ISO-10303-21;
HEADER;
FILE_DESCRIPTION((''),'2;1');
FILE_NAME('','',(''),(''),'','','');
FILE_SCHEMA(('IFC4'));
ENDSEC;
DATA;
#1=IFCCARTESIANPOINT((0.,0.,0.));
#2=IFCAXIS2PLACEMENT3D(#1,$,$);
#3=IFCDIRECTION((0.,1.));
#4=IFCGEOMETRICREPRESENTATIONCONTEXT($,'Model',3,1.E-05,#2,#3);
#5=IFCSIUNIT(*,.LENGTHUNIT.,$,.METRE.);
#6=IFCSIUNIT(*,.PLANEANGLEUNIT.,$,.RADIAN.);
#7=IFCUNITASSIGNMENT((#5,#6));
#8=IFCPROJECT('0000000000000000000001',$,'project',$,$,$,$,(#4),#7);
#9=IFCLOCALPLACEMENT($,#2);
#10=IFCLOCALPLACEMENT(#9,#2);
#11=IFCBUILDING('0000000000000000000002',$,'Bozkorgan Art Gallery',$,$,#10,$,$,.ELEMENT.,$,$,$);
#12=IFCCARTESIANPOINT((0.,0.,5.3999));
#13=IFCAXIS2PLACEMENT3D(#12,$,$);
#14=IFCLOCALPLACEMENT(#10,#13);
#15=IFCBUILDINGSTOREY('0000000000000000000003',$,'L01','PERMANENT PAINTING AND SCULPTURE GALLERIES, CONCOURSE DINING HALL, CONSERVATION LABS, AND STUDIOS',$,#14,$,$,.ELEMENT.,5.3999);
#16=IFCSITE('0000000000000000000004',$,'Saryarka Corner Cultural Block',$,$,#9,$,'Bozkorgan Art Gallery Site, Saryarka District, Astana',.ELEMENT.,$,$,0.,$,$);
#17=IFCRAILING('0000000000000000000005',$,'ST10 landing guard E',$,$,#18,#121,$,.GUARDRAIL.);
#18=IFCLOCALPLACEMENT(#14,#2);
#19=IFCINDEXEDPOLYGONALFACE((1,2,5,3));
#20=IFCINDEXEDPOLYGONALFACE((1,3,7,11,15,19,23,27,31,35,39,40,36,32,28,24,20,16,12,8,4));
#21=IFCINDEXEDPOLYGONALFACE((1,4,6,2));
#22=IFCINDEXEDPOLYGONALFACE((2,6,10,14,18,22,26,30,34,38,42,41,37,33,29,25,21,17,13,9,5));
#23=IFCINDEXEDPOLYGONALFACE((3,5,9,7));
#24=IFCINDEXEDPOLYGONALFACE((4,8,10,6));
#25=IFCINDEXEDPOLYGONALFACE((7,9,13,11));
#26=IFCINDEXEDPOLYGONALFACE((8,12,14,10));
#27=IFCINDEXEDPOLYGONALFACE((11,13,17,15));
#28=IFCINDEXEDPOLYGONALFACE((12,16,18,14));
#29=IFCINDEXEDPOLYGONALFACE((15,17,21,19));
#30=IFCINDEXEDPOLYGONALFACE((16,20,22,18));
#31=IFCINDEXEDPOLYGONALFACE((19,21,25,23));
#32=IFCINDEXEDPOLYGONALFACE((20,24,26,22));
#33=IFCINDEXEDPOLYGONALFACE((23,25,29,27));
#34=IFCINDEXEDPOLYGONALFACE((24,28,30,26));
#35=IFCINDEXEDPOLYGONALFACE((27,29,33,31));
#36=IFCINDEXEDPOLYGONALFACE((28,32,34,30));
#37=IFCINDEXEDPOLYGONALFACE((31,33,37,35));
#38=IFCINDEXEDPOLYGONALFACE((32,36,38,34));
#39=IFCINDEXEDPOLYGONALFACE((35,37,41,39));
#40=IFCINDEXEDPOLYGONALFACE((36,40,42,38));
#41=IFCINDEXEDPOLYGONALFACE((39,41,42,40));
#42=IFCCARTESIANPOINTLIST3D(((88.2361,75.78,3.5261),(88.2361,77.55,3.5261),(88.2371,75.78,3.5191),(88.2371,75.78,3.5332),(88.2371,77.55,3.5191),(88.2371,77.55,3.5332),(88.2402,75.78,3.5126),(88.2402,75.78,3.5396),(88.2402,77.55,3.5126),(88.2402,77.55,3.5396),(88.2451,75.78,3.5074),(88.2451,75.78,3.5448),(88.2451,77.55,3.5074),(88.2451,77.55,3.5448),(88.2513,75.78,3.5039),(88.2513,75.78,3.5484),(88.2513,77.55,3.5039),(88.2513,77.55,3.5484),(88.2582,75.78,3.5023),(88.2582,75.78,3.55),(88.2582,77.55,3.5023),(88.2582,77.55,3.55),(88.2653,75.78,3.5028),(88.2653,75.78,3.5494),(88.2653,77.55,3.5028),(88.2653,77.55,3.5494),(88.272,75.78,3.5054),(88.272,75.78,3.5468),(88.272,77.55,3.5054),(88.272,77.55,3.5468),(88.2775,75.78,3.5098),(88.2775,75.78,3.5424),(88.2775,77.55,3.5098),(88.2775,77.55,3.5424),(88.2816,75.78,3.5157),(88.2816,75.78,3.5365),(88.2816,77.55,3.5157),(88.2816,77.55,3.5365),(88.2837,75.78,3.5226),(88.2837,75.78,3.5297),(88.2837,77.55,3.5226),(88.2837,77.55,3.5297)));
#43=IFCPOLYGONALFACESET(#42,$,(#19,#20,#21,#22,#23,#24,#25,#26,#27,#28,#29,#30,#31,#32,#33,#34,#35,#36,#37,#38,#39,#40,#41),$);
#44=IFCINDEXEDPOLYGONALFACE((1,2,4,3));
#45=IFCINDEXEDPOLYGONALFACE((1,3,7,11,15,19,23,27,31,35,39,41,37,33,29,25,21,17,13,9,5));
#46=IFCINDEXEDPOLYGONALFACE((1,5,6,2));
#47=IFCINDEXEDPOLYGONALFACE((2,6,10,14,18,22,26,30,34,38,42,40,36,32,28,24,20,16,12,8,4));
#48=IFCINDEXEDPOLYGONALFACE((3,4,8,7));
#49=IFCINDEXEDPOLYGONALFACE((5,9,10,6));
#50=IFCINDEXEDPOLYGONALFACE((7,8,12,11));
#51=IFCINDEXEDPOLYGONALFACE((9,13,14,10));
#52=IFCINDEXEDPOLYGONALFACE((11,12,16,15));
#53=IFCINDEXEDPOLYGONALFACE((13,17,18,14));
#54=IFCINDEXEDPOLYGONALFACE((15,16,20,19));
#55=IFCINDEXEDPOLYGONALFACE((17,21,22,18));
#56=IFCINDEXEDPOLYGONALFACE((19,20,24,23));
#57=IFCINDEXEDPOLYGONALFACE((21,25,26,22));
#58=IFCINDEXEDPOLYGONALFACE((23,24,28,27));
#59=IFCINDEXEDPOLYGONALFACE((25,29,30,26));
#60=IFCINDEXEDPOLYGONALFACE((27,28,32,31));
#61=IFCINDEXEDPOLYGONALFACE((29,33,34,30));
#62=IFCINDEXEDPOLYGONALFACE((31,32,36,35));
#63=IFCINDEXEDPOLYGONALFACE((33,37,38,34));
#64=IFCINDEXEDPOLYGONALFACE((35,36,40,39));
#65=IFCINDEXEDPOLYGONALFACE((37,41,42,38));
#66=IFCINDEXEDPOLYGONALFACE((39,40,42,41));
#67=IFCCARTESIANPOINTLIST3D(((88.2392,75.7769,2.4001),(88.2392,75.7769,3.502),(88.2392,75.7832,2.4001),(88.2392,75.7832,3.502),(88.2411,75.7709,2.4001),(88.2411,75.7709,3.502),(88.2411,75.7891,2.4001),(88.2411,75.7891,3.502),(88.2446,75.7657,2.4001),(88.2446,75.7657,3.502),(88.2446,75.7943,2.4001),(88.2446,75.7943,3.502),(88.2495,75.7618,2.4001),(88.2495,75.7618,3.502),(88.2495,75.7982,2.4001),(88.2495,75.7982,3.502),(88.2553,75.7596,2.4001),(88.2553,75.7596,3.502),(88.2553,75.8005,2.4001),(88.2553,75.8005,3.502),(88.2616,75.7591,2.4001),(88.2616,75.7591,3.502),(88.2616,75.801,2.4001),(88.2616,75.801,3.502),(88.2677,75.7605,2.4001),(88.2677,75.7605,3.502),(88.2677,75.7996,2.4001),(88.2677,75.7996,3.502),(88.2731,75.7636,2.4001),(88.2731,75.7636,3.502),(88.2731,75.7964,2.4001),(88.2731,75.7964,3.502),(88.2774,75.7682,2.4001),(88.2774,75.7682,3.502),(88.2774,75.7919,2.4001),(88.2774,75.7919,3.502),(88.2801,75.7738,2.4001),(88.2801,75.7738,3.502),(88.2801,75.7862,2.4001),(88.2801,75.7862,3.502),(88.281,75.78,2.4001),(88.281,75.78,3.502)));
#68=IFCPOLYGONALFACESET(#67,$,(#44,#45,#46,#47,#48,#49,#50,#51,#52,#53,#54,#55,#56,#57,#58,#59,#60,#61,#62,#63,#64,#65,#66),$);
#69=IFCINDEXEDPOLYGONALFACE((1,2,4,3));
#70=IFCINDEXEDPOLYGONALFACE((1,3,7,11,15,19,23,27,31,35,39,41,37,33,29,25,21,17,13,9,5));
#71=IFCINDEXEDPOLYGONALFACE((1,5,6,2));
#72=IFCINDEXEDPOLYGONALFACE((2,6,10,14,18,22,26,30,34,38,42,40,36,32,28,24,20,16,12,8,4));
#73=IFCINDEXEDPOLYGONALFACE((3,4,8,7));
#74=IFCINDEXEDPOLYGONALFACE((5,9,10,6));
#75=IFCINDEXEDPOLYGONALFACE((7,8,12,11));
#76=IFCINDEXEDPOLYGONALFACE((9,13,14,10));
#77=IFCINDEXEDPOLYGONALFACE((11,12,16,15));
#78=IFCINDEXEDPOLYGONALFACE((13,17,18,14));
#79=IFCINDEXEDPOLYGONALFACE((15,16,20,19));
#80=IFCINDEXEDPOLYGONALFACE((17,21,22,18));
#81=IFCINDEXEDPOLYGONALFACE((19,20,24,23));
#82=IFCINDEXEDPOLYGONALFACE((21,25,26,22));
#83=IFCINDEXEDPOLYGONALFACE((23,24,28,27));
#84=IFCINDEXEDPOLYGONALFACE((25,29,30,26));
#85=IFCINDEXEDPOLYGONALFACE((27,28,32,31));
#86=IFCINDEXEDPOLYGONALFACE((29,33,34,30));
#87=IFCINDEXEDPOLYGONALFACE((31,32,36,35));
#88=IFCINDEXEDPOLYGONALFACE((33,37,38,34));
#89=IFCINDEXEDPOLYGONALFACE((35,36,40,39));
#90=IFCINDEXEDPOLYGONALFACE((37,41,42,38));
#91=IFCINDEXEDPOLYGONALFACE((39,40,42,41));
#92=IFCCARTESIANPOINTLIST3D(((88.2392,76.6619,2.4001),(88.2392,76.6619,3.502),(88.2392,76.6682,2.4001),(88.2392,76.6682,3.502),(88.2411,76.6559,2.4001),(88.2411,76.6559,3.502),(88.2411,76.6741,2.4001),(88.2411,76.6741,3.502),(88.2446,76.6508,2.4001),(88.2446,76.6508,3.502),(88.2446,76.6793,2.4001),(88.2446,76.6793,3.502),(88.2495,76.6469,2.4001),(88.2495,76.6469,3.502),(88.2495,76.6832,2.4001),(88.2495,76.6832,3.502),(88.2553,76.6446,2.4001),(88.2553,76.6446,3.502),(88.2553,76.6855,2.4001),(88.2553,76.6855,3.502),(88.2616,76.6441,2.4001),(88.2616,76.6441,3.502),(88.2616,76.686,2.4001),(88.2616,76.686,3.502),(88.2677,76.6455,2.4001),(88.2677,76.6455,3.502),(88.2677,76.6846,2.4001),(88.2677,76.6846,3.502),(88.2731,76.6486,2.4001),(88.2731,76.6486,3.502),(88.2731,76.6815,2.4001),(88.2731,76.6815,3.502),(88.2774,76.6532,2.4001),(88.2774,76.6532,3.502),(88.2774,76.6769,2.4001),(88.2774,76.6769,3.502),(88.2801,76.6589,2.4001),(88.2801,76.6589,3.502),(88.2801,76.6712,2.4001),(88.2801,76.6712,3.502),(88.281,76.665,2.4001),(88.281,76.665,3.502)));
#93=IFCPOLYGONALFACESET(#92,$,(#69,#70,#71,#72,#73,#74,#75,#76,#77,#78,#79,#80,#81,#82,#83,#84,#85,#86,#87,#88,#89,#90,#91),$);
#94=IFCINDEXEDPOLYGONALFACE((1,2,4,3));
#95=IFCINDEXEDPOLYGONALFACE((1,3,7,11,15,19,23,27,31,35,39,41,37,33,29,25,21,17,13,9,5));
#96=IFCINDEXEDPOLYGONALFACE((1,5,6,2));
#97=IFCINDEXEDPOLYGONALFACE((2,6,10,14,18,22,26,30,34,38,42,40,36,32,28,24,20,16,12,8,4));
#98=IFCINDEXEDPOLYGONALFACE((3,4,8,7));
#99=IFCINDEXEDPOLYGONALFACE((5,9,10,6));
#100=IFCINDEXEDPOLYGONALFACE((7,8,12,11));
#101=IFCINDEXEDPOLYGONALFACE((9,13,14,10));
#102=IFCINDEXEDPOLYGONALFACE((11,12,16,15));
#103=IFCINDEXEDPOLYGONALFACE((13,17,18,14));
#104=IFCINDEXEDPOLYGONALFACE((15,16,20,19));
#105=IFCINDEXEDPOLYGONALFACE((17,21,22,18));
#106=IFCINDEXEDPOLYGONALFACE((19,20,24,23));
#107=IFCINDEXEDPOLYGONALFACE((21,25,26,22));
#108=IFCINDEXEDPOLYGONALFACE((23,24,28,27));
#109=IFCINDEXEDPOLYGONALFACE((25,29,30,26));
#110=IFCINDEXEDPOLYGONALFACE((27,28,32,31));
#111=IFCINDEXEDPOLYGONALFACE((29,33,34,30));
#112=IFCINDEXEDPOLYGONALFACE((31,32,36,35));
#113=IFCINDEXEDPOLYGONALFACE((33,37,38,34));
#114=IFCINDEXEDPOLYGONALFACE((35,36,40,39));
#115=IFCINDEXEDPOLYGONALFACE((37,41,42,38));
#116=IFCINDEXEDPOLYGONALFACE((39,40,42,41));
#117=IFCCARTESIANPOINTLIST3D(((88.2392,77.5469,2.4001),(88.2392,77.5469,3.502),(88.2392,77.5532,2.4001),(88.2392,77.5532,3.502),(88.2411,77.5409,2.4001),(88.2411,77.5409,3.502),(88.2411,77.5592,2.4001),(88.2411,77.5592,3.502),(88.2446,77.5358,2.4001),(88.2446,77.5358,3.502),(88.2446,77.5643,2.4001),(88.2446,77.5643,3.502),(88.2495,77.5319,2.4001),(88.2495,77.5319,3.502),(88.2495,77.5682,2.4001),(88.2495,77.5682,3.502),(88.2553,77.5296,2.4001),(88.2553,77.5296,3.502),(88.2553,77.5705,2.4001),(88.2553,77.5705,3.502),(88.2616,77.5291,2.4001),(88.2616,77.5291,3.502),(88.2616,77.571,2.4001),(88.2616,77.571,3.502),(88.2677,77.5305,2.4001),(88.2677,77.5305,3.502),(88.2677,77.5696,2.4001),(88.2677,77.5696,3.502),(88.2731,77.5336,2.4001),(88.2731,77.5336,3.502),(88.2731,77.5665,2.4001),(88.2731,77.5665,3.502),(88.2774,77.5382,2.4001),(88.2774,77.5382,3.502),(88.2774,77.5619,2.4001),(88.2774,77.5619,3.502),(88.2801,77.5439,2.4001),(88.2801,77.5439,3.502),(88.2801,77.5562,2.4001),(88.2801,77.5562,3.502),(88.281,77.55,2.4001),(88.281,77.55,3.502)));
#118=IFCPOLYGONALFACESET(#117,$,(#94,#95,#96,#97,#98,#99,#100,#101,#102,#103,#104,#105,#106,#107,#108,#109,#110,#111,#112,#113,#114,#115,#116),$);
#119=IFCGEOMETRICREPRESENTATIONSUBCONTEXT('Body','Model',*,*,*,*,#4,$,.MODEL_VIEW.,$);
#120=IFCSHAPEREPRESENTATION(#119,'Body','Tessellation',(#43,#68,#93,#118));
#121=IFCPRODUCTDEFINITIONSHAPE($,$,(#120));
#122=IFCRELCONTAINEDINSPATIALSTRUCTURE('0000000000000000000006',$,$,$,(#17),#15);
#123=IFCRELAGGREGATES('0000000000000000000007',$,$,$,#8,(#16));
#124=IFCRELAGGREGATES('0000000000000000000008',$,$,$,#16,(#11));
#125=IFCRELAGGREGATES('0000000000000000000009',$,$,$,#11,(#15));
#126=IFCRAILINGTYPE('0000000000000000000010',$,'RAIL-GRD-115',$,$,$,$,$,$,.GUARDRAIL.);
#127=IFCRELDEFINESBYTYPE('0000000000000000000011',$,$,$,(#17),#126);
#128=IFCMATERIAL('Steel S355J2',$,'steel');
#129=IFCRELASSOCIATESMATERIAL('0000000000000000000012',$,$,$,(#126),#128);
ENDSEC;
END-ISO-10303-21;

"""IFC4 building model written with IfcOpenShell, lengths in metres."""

from ifc_helpers import new_model, si_unit, direction, frame, origin, origin_2d, place, context, subcontext, project, spatial, circle, extrude, material, type_object, element, save


model = new_model("IFC4")

# Units and contexts
model_context = context("Model", 3, precision=1e-05, world=origin(), true_north=direction((0.0, 1.0)))
body_context = subcontext(model_context, "Body", "Model", "MODEL_VIEW")
ifc_project = project(units=[si_unit("LENGTHUNIT", "METRE"), si_unit("PLANEANGLEUNIT", "RADIAN")], contexts=[model_context])

# Site, building, storey
site_placement = place(None, origin())
site = spatial("IfcSite", under=ifc_project, at=site_placement, Name="Saryarka Corner Cultural Block", LongName="Bozkorgan Art Gallery Site, Saryarka District, Astana", CompositionType="ELEMENT", RefElevation=0.0)
building_placement = place(site_placement, origin())
building = spatial("IfcBuilding", under=site, at=building_placement, Name="Bozkorgan Art Gallery", CompositionType="ELEMENT")
storey_placement = place(building_placement, frame((0.0, 0.0, 5.3999)))
storey = spatial("IfcBuildingStorey", under=building, at=storey_placement, Name="L01", Description="PERMANENT PAINTING AND SCULPTURE GALLERIES, CONCOURSE DINING HALL, CONSERVATION LABS, AND STUDIOS", CompositionType="ELEMENT", Elevation=5.3999)

# Shared definitions
ifc_material_1 = material(Name="Steel S355J2", Category="steel")

# Railing
railing_type = type_object("IfcRailingType", Name="RAIL-GRD-115", PredefinedType="GUARDRAIL", material=ifc_material_1)
railing_1_placement = place(storey_placement, frame((88.26, 75.78, 2.4001)))
element("IfcRailing", 1, at=railing_1_placement, inside=storey, type_object=railing_type, Name="ST10 landing guard E", PredefinedType="GUARDRAIL", context=body_context, shape_type="SweptSolid", body=[
    extrude(circle(Radius=0.0239, at=origin_2d()), frame((0.0, 0.0, 1.126), z_axis=(0.0, 1.0, 0.0), x_axis=(-1.0, 0.0, 0.0)), (0.0, 0.0, 1.0), 1.77),
    extrude(circle(Radius=0.021, at=origin_2d()), origin(), (0.0, 0.0, 1.0), 1.1018),
    extrude(circle(Radius=0.021, at=origin_2d()), frame((0.0, 0.885, 0.0)), (0.0, 0.0, 1.0), 1.1018),
    extrude(circle(Radius=0.021, at=origin_2d()), frame((0.0, 1.77, 0.0)), (0.0, 0.0, 1.0), 1.1018),
])

save(model, "model.ifc")
